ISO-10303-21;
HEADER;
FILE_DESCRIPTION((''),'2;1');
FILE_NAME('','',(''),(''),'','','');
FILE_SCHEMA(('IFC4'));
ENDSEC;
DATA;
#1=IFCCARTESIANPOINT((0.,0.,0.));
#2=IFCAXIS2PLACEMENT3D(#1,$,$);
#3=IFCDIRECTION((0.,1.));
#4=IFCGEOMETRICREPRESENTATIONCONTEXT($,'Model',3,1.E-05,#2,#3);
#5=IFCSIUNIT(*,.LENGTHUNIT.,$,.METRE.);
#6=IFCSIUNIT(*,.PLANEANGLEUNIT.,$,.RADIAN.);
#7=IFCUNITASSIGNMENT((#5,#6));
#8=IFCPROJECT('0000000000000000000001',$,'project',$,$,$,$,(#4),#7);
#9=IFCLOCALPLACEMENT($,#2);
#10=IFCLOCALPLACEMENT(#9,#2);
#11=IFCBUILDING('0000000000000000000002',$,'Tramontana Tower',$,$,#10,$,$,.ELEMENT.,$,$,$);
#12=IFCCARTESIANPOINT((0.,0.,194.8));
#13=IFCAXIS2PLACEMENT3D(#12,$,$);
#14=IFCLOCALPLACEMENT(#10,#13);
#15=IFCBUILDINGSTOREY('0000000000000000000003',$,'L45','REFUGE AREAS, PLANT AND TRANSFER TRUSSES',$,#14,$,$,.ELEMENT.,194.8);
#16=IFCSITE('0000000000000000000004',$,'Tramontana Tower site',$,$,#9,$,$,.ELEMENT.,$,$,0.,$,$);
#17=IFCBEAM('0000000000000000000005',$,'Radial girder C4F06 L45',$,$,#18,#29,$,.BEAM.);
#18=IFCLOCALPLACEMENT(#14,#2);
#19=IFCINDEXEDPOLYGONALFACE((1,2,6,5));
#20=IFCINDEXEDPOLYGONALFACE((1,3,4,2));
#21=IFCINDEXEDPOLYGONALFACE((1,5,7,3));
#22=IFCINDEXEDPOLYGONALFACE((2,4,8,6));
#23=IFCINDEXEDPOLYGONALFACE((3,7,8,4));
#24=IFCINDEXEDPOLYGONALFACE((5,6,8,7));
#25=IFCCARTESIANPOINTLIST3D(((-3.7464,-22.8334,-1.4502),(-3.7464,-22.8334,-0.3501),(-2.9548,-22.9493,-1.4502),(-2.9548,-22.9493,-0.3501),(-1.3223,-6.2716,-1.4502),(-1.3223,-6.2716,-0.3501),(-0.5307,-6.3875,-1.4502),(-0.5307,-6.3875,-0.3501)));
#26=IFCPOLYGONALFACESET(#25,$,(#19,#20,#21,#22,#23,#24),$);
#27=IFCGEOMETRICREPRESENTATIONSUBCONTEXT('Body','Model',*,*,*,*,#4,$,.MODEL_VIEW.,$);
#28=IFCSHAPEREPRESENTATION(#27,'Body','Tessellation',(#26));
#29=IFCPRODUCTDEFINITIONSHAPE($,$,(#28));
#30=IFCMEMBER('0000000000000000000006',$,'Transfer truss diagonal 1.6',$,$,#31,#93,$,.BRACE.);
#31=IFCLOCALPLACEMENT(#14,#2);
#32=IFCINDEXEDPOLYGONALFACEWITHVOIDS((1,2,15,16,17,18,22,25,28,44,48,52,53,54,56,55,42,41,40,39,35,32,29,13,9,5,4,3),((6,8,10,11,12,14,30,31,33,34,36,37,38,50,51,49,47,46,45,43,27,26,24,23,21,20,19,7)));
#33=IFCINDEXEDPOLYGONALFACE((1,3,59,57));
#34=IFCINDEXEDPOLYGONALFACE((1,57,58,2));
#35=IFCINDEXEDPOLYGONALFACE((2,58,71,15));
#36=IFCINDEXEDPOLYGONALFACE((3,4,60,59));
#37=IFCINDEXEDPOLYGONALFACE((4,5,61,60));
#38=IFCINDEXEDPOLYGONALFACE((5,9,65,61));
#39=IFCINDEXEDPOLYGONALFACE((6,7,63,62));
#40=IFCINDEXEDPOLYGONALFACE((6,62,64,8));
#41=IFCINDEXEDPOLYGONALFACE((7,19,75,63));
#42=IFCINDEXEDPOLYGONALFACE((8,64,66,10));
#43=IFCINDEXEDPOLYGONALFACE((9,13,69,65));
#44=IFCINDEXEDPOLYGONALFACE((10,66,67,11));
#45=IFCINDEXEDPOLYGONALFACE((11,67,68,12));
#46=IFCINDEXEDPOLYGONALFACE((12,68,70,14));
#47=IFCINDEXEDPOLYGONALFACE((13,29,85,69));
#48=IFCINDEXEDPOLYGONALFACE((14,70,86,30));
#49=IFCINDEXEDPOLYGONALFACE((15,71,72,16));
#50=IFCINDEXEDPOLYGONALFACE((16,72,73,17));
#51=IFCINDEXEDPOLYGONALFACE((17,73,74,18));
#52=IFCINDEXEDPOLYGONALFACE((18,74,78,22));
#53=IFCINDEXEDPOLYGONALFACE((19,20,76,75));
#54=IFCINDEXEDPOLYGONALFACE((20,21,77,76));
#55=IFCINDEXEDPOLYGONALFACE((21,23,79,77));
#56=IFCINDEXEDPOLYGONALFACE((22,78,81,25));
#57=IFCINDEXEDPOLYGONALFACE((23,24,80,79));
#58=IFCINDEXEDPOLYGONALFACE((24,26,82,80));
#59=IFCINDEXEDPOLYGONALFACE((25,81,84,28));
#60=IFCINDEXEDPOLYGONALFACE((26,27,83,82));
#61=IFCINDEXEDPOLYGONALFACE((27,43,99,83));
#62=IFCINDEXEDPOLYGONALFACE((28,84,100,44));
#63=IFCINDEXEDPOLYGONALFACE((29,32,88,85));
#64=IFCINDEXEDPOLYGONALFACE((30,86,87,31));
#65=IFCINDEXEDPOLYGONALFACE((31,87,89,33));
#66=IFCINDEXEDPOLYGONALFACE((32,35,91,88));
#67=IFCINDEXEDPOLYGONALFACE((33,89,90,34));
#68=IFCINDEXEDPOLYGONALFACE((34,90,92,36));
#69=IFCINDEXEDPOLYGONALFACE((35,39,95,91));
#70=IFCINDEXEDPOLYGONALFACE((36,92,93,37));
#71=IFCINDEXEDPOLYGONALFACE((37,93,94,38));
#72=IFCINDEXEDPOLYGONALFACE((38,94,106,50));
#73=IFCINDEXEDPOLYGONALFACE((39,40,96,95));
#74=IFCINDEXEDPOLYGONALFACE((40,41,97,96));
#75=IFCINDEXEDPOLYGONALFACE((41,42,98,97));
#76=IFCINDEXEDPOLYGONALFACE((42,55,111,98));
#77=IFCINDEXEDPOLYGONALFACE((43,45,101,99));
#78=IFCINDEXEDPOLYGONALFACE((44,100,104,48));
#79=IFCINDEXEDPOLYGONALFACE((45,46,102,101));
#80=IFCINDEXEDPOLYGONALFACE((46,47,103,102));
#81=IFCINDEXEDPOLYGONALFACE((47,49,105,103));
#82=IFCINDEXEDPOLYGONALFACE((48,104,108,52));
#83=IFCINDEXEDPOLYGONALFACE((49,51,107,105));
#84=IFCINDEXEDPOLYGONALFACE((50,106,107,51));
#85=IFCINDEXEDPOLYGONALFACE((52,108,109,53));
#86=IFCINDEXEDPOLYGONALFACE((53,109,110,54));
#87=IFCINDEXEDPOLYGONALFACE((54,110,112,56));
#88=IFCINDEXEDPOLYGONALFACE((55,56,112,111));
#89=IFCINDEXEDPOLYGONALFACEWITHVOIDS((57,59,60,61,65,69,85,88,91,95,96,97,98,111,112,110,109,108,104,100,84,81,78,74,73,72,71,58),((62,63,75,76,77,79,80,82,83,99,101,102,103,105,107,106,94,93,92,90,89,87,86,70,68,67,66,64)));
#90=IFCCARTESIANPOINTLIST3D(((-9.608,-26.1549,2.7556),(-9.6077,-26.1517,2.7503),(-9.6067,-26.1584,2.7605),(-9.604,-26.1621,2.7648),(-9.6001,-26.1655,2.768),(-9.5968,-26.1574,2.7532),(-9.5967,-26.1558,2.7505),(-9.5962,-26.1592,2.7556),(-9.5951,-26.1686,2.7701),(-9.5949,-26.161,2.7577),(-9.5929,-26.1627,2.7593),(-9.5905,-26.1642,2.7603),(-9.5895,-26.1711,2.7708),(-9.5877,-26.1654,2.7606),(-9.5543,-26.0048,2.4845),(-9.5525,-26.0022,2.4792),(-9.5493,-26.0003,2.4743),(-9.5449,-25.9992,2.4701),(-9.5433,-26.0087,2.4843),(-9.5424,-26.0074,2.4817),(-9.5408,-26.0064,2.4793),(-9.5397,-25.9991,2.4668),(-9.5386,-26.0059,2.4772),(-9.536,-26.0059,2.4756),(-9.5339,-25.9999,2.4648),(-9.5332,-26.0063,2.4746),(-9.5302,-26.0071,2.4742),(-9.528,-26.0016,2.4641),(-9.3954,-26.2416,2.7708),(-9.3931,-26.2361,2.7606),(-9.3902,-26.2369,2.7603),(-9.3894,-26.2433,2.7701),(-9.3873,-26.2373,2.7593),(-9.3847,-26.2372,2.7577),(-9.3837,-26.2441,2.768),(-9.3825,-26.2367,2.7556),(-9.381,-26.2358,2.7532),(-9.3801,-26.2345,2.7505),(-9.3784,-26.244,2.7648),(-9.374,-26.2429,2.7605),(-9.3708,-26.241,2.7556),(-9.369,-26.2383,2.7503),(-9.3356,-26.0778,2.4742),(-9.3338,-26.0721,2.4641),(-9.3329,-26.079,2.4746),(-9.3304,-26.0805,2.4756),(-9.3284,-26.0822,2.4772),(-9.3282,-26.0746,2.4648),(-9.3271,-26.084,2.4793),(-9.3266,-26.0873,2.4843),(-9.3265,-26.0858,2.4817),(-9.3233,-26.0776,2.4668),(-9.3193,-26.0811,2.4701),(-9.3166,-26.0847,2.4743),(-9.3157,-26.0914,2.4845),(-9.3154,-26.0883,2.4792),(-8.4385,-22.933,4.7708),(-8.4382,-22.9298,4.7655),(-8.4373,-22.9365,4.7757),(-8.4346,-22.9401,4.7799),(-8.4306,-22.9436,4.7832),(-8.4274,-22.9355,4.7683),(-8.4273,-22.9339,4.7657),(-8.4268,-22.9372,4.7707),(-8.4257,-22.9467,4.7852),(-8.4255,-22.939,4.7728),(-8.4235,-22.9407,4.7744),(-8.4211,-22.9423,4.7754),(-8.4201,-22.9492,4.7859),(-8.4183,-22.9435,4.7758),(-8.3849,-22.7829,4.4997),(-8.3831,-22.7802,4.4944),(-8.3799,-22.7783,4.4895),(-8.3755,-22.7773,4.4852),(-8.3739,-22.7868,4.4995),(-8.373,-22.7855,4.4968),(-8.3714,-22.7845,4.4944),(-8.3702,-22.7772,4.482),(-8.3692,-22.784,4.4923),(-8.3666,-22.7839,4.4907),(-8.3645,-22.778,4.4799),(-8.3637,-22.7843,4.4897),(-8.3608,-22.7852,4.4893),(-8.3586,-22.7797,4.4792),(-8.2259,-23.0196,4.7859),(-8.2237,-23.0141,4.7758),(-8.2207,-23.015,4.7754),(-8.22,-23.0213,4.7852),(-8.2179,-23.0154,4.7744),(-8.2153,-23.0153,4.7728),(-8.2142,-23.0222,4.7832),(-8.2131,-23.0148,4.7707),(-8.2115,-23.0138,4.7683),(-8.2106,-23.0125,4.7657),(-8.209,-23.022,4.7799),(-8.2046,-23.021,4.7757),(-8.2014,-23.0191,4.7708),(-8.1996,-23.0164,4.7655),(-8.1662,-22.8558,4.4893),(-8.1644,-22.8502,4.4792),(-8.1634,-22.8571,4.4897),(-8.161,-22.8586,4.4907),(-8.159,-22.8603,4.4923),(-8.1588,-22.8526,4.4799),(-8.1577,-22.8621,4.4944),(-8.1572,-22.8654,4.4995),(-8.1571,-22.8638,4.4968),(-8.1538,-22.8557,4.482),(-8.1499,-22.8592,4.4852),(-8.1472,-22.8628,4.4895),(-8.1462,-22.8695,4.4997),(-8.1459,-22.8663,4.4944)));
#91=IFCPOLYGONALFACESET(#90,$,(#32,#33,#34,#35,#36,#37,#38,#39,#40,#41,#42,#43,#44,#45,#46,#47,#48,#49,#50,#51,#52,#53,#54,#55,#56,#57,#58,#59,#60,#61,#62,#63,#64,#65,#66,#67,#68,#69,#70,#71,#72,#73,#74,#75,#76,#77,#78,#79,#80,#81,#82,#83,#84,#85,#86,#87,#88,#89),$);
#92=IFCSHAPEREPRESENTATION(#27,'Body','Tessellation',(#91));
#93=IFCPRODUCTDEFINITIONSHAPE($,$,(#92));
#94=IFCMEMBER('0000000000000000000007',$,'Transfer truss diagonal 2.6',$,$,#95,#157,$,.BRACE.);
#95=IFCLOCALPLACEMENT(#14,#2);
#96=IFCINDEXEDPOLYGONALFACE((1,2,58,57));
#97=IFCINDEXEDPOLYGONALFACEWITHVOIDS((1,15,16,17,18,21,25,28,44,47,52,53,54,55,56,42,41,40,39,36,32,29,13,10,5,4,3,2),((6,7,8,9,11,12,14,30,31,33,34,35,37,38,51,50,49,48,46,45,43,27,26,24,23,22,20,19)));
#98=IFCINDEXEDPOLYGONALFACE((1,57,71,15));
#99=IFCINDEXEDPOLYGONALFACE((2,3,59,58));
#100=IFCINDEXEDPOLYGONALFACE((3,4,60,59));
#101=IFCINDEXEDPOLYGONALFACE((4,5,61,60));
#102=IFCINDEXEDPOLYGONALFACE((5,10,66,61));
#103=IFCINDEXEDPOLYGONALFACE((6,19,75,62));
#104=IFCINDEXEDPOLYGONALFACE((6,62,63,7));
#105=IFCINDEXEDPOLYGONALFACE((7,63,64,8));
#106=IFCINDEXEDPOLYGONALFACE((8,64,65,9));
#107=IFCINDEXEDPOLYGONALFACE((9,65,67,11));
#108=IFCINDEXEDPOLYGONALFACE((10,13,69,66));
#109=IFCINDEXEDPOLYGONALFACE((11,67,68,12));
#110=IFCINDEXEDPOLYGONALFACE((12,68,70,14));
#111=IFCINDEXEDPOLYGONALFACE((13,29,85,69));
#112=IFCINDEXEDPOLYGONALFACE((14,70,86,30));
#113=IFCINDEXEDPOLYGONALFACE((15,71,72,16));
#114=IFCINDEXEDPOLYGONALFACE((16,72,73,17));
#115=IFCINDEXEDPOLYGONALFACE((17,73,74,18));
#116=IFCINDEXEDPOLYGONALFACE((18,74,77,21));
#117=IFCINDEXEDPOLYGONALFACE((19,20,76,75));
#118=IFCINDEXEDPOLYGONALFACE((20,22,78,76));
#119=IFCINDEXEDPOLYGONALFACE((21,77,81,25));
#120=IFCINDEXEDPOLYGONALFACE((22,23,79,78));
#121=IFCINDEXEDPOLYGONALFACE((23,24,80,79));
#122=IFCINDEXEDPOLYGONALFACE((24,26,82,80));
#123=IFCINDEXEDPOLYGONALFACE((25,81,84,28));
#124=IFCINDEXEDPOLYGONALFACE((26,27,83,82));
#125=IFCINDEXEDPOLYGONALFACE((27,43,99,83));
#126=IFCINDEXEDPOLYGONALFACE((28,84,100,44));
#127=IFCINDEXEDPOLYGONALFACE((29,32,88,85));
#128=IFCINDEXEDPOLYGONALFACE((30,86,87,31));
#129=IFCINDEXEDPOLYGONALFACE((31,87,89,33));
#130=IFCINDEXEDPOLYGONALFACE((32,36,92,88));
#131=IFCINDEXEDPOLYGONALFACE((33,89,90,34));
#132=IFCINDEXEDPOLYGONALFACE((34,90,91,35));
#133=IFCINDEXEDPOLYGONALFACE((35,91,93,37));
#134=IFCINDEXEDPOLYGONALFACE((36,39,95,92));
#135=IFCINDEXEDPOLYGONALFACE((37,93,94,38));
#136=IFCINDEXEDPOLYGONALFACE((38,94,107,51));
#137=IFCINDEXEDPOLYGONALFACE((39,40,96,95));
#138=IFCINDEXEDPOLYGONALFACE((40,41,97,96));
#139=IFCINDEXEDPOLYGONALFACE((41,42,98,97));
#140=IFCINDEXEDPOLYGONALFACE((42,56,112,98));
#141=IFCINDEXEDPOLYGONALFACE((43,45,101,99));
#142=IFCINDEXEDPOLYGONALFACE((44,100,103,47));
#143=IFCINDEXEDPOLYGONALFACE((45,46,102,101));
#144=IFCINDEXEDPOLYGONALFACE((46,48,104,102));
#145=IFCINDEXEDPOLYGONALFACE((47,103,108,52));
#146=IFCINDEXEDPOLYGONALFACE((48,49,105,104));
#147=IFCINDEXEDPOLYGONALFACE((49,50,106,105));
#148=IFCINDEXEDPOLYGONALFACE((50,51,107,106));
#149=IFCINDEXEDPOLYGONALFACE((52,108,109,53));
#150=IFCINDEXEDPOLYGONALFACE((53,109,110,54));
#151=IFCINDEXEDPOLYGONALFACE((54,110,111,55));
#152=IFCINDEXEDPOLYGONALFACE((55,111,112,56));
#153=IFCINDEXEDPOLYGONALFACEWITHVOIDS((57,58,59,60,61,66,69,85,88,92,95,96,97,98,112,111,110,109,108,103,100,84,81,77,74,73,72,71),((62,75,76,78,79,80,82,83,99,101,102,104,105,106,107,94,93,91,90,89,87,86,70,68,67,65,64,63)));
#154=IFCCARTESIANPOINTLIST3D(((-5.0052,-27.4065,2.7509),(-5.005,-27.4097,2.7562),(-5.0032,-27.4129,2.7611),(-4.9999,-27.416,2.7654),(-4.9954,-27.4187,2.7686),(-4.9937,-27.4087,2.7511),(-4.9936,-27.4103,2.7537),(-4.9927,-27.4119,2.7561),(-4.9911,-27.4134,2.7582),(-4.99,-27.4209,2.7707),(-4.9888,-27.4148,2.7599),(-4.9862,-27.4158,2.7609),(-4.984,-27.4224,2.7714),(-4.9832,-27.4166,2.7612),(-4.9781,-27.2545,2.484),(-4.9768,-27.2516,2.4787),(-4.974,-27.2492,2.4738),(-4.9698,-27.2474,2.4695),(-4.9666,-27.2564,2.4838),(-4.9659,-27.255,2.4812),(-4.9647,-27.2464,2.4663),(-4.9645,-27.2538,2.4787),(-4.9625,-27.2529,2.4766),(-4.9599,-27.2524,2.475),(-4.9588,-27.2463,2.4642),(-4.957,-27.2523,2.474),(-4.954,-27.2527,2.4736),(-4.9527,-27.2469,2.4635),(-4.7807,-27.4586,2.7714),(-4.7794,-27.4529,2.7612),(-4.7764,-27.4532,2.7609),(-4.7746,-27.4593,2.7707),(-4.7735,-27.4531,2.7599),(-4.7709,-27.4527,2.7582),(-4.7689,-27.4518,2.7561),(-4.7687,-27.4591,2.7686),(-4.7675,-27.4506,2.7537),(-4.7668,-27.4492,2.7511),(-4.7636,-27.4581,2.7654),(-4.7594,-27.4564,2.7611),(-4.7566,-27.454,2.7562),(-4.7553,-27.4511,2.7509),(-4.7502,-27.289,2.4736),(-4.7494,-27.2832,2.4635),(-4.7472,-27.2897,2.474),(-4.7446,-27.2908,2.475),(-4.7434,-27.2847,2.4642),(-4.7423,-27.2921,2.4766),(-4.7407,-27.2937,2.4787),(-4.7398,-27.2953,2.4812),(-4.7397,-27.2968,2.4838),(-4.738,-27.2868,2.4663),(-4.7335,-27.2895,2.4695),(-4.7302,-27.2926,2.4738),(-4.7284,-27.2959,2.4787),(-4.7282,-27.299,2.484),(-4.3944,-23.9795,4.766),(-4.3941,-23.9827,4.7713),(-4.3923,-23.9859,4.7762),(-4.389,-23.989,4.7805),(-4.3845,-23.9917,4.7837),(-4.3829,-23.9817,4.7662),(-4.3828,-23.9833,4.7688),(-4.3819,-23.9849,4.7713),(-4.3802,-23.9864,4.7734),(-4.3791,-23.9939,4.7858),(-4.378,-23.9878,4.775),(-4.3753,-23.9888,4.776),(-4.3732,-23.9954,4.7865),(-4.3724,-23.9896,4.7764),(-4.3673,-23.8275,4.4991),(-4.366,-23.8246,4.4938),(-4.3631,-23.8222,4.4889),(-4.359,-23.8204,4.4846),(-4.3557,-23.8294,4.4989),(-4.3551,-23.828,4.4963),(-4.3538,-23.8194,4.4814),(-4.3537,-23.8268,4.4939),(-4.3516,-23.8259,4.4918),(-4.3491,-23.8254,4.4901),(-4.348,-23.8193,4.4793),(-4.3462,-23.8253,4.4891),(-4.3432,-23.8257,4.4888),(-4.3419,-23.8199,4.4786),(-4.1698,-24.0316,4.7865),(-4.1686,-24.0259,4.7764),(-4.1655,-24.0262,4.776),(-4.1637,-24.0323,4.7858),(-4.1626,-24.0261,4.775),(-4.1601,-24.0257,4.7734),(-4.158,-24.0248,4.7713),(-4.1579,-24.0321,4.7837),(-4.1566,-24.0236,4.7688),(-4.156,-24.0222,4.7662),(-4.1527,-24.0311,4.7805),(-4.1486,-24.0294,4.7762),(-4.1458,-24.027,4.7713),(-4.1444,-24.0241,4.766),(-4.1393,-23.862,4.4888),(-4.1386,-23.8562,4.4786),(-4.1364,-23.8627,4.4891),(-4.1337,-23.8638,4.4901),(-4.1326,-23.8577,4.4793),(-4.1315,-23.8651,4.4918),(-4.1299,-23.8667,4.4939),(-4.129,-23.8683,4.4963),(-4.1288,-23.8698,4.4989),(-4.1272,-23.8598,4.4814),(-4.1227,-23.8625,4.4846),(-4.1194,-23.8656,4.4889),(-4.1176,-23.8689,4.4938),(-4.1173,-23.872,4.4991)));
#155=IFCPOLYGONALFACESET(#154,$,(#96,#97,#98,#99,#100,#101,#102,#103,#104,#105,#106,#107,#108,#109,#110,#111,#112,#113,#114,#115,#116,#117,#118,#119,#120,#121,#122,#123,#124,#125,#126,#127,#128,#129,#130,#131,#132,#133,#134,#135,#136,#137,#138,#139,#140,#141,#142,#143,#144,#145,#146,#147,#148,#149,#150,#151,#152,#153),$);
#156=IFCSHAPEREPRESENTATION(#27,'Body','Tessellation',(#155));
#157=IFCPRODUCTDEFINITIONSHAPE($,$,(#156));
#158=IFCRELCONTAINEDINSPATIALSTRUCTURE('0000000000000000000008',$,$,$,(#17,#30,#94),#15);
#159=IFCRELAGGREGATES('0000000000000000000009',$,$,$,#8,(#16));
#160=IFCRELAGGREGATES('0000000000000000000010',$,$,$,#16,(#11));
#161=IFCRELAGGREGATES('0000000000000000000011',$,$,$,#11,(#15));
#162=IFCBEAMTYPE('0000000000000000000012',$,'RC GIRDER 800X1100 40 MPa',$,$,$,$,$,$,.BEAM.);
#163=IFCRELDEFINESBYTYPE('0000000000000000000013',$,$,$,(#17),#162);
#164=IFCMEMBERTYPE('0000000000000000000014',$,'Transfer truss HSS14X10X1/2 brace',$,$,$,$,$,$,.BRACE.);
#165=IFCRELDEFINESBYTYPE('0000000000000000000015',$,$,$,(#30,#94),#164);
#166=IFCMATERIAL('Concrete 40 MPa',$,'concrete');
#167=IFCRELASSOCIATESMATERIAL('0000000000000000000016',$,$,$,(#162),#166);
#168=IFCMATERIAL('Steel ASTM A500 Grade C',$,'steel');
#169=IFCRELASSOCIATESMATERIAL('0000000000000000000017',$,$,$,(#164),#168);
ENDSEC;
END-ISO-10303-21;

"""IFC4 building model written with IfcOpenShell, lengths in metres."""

from ifc_helpers import new_model, si_unit, direction, frame, origin, origin_2d, place, context, subcontext, project, spatial, rectangle, hollow_rectangle, extrude, material, material_profile, profile_set, type_object, element, save


model = new_model("IFC4")

# Units and contexts
model_context = context("Model", 3, precision=1e-05, world=origin(), true_north=direction((0.0, 1.0)))
body_context = subcontext(model_context, "Body", "Model", "MODEL_VIEW")
ifc_project = project(units=[si_unit("LENGTHUNIT", "METRE"), si_unit("PLANEANGLEUNIT", "RADIAN")], contexts=[model_context])

# Site, building, storey
site_placement = place(None, origin())
site = spatial("IfcSite", under=ifc_project, at=site_placement, Name="Tramontana Tower site", CompositionType="ELEMENT", RefElevation=0.0)
building_placement = place(site_placement, origin())
building = spatial("IfcBuilding", under=site, at=building_placement, Name="Tramontana Tower", CompositionType="ELEMENT")
storey_placement = place(building_placement, frame((0.0, 0.0, 194.8)))
storey = spatial("IfcBuildingStorey", under=building, at=storey_placement, Name="L45", Description="REFUGE AREAS, PLANT AND TRANSFER TRUSSES", CompositionType="ELEMENT", Elevation=194.8)

# Beam
ifc_material_1 = material(Name="Concrete 40 MPa", Category="concrete")
ifc_material_profile_1 = material_profile(ifc_material_1, rectangle(XDim=0.8, YDim=1.1001, at=origin_2d()), Name="RC GIRDER 800X1100 40 MPa")
ifc_profile_set_1 = profile_set([ifc_material_profile_1], Name="Concrete 40 MPa")
beam_type_1 = type_object("IfcBeamType", Name="RC GIRDER 800X1100 40 MPa", PredefinedType="BEAM", material=ifc_profile_set_1)
beam_1_placement = place(storey_placement, frame((-3.3506, -22.8914, -0.9001), z_axis=(0.144823, 0.989458, 0.0), x_axis=(-0.989458, 0.144823, 0.0)))
element("IfcBeam", 1, at=beam_1_placement, inside=storey, type_object=beam_type_1, Name="Radial girder C4F06 L45", PredefinedType="BEAM", context=body_context, shape_type="SweptSolid", body=[
    extrude(rectangle(XDim=0.8, YDim=1.1001, at=origin_2d()), origin(), (0.0, 0.0, 1.0), 16.7383),
])

# Members
ifc_material_2 = material(Name="Steel ASTM A500 Grade C", Category="steel")
ifc_material_profile_2 = material_profile(ifc_material_2, hollow_rectangle(XDim=0.2539, YDim=0.3557, WallThickness=0.0117, InnerFilletRadius=0.0117, OuterFilletRadius=0.0237, at=origin_2d()), Name="HSS14X10X1/2")
ifc_profile_set_2 = profile_set([ifc_material_profile_2], Name="Steel ASTM A500 Grade C")
member_type_1 = type_object("IfcMemberType", Name="Transfer truss HSS14X10X1/2 brace", PredefinedType="BRACE", material=ifc_profile_set_2)
member_1_placement = place(storey_placement, frame((-8.2922, -22.8997, 4.6326), z_axis=(-0.294118, -0.810328, -0.506816), x_axis=(0.939997, -0.341183, 0.0)))
element("IfcMember", 2, at=member_1_placement, inside=storey, type_object=member_type_1, Name="Transfer truss diagonal 1.6", PredefinedType="BRACE", context=body_context, shape_type="SweptSolid", body=[
    extrude(hollow_rectangle(XDim=0.2539, YDim=0.3557, WallThickness=0.0117, InnerFilletRadius=0.0117, OuterFilletRadius=0.0237, at=origin_2d()), origin(), (0.0, 0.0, 1.0), 3.9761),
])
member_2_placement = place(storey_placement, frame((-4.2559, -23.9258, 4.6326), z_axis=(-0.151866, -0.852018, -0.501001), x_axis=(0.984483, -0.175477, 0.0)))
element("IfcMember", 3, at=member_2_placement, inside=storey, type_object=member_type_1, Name="Transfer truss diagonal 2.6", PredefinedType="BRACE", context=body_context, shape_type="SweptSolid", body=[
    extrude(hollow_rectangle(XDim=0.2539, YDim=0.3557, WallThickness=0.0117, InnerFilletRadius=0.0117, OuterFilletRadius=0.0237, at=origin_2d()), origin(), (0.0, 0.0, 1.0), 4.0222),
])

save(model, "model.ifc")
